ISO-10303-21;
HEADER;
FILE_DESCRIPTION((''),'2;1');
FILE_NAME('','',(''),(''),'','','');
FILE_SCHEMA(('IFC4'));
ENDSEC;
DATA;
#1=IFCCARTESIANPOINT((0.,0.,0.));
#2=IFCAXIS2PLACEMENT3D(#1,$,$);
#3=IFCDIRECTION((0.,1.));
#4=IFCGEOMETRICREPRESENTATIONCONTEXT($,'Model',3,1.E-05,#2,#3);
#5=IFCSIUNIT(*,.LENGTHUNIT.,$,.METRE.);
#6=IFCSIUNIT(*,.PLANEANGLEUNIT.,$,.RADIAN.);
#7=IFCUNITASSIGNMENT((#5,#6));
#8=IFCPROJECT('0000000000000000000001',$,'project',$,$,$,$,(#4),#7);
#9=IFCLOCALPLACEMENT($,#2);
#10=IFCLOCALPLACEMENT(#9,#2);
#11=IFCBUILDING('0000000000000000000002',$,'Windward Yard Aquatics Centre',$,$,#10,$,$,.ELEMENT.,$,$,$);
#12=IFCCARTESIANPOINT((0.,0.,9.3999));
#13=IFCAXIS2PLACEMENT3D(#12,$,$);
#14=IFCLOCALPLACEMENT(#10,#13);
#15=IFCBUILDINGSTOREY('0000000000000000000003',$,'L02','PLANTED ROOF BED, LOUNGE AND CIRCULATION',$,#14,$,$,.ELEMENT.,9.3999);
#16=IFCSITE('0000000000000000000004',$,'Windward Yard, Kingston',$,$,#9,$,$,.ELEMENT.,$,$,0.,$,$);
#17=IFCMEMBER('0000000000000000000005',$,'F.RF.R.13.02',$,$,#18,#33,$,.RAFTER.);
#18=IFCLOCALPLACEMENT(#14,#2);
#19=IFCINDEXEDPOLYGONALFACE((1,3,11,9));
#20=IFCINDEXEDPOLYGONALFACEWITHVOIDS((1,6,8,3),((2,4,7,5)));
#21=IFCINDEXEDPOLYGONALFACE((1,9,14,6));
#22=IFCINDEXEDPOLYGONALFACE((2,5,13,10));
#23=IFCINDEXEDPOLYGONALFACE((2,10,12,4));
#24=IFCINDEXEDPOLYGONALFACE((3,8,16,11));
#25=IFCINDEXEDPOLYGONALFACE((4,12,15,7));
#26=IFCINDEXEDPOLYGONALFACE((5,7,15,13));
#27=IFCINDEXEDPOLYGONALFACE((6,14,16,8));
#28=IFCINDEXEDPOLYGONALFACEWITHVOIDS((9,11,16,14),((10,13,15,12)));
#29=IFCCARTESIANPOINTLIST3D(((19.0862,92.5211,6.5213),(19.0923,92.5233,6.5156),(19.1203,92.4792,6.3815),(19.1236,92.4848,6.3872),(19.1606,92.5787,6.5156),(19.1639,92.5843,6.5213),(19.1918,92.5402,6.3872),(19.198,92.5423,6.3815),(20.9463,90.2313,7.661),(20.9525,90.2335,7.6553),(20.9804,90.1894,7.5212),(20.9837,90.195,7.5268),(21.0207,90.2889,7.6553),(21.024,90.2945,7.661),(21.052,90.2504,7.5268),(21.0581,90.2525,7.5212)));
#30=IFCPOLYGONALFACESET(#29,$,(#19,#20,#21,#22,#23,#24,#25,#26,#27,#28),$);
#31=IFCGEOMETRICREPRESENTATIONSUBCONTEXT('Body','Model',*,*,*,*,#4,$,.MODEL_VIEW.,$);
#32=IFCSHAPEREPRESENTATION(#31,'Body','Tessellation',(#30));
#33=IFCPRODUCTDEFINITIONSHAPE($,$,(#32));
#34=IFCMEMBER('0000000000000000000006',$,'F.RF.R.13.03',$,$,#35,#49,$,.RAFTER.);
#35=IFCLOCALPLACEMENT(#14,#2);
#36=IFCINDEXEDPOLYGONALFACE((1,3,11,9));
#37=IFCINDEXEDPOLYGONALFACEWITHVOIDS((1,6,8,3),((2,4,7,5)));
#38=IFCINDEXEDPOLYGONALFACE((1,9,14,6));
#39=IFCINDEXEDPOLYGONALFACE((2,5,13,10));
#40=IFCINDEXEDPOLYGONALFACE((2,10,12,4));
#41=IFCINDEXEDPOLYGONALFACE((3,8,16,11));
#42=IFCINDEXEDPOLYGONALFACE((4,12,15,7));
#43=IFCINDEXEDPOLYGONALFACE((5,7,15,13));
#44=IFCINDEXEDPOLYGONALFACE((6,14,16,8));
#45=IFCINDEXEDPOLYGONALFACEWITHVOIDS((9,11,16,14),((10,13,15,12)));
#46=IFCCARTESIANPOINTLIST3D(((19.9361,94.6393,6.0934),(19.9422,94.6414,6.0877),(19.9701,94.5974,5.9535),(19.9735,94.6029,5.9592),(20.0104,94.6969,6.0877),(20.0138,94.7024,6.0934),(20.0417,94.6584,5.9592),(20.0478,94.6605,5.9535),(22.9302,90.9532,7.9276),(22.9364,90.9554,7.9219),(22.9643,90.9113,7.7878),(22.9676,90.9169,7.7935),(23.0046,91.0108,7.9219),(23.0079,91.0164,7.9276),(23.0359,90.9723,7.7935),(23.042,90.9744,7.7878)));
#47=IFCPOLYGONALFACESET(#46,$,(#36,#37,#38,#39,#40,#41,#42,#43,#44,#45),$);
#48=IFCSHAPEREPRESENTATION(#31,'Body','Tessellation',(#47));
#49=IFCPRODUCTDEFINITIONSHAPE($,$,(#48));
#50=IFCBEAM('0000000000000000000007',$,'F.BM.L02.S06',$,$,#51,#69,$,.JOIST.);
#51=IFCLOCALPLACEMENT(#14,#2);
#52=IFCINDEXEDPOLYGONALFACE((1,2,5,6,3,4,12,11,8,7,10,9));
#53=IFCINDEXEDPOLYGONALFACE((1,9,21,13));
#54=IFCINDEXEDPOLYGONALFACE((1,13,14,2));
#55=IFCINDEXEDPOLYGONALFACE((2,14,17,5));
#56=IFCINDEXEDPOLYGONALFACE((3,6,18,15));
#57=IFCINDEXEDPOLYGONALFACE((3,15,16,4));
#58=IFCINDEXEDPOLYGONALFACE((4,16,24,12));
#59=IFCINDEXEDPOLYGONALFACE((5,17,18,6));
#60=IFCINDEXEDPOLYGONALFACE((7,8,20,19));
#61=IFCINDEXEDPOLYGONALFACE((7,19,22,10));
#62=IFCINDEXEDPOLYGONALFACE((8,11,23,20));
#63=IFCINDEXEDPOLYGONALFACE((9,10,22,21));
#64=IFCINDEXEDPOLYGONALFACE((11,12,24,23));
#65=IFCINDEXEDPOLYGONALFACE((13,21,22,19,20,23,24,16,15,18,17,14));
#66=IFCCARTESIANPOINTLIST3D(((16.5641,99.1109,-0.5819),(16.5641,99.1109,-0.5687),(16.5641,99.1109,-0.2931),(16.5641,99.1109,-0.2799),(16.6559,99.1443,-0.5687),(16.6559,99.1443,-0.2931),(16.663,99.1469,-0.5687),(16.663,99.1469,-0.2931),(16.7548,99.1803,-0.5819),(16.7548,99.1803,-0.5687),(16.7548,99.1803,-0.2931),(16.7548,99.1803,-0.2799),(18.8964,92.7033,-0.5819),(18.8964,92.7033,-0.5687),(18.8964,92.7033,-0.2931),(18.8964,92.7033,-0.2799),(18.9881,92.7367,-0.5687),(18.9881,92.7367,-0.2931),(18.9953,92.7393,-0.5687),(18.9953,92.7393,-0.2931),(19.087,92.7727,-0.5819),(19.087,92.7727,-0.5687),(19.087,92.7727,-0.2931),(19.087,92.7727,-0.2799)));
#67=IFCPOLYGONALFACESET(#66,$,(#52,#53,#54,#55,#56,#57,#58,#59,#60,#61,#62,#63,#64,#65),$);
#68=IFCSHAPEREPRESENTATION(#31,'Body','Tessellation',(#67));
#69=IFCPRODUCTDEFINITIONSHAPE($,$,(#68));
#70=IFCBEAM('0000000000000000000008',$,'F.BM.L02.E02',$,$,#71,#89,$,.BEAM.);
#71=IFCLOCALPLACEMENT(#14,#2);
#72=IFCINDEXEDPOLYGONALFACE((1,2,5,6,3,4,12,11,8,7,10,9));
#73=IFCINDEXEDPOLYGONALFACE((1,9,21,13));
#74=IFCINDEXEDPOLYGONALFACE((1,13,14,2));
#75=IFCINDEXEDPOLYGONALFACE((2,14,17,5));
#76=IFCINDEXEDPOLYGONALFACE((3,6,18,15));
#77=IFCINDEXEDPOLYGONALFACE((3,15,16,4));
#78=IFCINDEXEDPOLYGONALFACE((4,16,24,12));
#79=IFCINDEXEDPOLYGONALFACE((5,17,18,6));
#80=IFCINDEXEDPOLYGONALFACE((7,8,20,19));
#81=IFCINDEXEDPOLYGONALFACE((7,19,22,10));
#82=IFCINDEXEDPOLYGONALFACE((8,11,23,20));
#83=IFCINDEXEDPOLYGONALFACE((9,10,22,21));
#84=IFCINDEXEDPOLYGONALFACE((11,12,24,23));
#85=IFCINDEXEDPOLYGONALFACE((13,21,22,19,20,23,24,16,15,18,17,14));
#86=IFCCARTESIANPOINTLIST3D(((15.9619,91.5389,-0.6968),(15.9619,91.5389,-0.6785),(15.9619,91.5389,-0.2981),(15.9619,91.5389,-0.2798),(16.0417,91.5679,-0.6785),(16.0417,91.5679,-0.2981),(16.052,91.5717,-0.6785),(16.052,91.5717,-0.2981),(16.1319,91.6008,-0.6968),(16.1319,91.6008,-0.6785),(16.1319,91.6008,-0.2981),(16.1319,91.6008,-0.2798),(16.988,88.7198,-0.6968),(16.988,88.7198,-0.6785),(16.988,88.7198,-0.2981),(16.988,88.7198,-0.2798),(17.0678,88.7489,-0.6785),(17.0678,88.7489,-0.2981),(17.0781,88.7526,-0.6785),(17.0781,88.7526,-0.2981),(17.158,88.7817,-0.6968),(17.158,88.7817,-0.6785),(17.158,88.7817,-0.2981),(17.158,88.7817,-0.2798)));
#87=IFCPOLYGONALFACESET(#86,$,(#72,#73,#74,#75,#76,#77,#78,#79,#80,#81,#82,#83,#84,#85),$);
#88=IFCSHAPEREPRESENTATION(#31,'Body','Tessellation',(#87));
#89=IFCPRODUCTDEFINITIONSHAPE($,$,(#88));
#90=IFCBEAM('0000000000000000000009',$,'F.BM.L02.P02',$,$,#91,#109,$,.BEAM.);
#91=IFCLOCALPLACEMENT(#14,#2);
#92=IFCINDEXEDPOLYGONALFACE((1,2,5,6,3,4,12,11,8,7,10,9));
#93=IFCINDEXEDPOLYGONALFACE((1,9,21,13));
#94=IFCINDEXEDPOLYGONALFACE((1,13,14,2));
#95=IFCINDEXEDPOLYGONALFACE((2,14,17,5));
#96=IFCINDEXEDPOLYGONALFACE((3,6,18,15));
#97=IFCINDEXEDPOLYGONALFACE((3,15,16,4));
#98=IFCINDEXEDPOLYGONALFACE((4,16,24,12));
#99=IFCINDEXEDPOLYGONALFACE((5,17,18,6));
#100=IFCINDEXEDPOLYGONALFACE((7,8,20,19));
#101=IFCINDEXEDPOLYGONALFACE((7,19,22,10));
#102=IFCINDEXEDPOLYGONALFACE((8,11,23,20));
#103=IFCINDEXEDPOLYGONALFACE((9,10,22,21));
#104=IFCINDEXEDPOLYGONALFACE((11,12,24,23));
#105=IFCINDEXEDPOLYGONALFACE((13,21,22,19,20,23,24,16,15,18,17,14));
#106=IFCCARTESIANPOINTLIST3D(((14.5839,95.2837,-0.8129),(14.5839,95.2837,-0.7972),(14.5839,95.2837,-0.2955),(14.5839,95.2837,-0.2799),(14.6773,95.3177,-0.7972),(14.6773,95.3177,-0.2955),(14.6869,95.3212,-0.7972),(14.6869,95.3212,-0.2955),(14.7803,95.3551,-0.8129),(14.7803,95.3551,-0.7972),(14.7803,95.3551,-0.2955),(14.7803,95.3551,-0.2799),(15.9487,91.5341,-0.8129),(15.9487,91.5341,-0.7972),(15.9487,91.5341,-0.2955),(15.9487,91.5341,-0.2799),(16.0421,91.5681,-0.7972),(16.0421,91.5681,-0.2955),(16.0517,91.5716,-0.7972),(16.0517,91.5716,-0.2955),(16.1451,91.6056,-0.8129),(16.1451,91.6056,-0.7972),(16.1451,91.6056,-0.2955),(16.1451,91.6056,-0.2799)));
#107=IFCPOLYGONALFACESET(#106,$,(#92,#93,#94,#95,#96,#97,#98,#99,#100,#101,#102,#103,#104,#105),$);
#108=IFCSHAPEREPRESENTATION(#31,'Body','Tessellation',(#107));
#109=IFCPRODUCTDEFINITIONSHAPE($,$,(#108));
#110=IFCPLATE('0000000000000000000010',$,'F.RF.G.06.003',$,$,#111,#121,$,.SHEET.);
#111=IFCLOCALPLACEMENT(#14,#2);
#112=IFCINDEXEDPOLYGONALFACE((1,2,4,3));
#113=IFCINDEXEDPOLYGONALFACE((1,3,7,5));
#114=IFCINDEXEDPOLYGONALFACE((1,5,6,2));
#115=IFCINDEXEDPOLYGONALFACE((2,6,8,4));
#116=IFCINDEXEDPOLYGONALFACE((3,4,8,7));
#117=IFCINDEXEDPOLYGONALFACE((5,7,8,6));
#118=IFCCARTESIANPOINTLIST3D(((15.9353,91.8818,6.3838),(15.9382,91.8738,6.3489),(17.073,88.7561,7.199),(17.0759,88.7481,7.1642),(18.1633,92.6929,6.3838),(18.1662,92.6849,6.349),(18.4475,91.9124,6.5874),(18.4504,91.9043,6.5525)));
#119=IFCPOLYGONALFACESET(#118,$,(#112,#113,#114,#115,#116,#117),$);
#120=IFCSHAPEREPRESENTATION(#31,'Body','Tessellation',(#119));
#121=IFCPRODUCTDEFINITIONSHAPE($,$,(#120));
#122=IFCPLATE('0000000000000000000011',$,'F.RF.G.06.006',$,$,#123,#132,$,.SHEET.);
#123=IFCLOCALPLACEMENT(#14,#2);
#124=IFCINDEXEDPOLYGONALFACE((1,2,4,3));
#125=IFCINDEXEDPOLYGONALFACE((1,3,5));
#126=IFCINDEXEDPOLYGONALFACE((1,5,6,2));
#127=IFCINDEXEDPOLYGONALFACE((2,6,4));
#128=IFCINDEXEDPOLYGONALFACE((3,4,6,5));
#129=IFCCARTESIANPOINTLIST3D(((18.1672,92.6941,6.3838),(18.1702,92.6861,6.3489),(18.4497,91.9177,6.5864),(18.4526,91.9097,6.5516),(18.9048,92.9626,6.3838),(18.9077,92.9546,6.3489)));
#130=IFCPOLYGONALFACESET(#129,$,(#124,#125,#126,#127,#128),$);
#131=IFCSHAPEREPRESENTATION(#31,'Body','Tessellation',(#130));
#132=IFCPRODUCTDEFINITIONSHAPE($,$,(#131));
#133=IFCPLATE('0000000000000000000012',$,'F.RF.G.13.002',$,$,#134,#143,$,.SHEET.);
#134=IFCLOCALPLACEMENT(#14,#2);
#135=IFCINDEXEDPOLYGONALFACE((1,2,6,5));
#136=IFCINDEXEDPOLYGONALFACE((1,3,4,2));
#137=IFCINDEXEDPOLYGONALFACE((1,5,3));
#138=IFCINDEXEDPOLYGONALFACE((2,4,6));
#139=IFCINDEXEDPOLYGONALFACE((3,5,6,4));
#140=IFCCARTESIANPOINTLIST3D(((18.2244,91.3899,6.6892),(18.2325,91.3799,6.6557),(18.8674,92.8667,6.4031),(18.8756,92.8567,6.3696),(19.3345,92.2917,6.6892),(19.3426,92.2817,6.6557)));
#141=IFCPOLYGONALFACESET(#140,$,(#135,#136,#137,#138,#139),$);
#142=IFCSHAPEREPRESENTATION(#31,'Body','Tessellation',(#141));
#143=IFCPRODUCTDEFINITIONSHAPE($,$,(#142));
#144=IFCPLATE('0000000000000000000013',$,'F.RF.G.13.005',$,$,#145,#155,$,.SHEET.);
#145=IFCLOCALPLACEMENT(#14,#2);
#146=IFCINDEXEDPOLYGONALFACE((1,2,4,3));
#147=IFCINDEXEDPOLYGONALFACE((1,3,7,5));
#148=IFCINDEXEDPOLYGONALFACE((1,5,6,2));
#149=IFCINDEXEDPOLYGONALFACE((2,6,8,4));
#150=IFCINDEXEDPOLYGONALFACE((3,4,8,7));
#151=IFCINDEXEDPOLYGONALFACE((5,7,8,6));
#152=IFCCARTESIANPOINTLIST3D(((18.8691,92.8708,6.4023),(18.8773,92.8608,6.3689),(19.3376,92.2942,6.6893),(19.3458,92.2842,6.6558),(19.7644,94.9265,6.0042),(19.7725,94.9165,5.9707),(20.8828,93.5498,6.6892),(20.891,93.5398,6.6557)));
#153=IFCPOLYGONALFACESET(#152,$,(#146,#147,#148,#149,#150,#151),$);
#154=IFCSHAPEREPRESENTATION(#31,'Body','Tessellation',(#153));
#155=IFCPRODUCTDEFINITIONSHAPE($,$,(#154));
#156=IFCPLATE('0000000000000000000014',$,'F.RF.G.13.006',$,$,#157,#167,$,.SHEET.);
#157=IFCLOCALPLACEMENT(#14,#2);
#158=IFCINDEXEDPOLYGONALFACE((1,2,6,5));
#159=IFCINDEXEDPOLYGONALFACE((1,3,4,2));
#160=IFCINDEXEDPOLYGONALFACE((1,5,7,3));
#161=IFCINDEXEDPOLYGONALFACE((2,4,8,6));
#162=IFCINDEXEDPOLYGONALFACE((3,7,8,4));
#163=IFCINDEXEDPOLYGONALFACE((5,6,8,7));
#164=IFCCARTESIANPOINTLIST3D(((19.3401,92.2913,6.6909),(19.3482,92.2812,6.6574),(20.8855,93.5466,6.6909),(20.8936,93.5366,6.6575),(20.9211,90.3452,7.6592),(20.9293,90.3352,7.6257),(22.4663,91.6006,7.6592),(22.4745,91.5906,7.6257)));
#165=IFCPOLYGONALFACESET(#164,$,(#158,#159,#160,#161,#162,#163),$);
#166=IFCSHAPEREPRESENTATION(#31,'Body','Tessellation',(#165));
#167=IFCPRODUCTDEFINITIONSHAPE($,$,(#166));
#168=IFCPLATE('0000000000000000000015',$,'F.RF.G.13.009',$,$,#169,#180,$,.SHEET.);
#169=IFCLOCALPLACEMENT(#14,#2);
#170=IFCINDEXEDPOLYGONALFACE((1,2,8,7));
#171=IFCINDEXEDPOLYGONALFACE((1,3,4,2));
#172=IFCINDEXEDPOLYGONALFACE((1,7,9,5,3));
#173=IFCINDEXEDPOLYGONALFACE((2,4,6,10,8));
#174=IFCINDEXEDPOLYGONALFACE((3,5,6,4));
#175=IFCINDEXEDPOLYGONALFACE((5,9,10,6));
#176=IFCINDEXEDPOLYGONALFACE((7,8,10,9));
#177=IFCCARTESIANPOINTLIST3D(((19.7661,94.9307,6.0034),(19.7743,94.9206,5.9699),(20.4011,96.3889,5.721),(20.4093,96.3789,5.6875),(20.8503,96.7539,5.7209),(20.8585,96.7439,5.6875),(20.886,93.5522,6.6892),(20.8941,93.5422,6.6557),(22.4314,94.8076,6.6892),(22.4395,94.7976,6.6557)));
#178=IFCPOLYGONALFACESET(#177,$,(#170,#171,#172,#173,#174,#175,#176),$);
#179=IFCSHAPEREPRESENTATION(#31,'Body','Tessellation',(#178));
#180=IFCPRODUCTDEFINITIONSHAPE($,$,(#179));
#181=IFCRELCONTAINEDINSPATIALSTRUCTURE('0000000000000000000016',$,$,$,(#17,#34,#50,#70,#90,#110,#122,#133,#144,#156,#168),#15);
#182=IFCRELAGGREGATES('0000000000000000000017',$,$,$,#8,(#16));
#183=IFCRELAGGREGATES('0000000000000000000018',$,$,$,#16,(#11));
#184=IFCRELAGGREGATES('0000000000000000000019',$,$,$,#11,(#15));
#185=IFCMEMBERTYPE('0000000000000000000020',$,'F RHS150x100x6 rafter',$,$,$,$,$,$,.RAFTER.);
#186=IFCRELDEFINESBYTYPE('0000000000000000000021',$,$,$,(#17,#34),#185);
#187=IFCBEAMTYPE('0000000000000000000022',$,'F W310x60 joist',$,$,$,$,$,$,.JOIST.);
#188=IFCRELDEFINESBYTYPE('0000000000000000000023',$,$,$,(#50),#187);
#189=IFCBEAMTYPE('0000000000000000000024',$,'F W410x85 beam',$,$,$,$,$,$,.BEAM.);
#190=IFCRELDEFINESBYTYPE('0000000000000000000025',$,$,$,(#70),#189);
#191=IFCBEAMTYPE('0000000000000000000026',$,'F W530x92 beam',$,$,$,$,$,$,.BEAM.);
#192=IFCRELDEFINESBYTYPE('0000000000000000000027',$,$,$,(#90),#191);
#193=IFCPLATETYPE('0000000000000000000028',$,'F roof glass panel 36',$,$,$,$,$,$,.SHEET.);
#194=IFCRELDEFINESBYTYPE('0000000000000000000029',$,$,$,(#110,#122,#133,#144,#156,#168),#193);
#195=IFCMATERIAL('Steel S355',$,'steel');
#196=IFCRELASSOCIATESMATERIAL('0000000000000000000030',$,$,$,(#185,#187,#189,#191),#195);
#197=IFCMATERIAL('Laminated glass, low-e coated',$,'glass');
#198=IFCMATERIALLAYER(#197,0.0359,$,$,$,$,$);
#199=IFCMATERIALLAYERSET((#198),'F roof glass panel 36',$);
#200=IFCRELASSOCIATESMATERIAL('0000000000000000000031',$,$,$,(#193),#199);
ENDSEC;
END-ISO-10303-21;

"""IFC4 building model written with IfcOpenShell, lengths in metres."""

from ifc_helpers import new_model, si_unit, direction, frame, origin, origin_2d, place, context, subcontext, project, spatial, polyline, hollow_rectangle, i_section, outline, extrude, material, layer, layer_set, material_profile, profile_set, type_object, element, save


model = new_model("IFC4")

# Units and contexts
model_context = context("Model", 3, precision=1e-05, world=origin(), true_north=direction((0.0, 1.0)))
body_context = subcontext(model_context, "Body", "Model", "MODEL_VIEW")
ifc_project = project(units=[si_unit("LENGTHUNIT", "METRE"), si_unit("PLANEANGLEUNIT", "RADIAN")], contexts=[model_context])

# Site, building, storey
site_placement = place(None, origin())
site = spatial("IfcSite", under=ifc_project, at=site_placement, Name="Windward Yard, Kingston", CompositionType="ELEMENT", RefElevation=0.0)
building_placement = place(site_placement, origin())
building = spatial("IfcBuilding", under=site, at=building_placement, Name="Windward Yard Aquatics Centre", CompositionType="ELEMENT")
storey_placement = place(building_placement, frame((0.0, 0.0, 9.3999)))
storey = spatial("IfcBuildingStorey", under=building, at=storey_placement, Name="L02", Description="PLANTED ROOF BED, LOUNGE AND CIRCULATION", CompositionType="ELEMENT", Elevation=9.3999)

# Members
ifc_material_1 = material(Name="Steel S355", Category="steel")
ifc_material_profile_1 = material_profile(ifc_material_1, hollow_rectangle(XDim=0.1001, YDim=0.1499, WallThickness=0.0061, at=origin_2d()), Name="RHS150x100x6")
ifc_profile_set_1 = profile_set([ifc_material_profile_1], Name="Steel S355")
member_type = type_object("IfcMemberType", Name="F RHS150x100x6 rafter", PredefinedType="RAFTER", material=ifc_profile_set_1)
member_1_placement = place(storey_placement, frame((19.1421, 92.5317, 6.4514), z_axis=(0.58816, -0.724026, 0.360353), x_axis=(0.776172, 0.630521, 0.0)))
element("IfcMember", 1, at=member_1_placement, inside=storey, type_object=member_type, Name="F.RF.R.13.02", PredefinedType="RAFTER", context=body_context, shape_type="SweptSolid", body=[
    extrude(hollow_rectangle(XDim=0.1001, YDim=0.1499, WallThickness=0.0061, at=origin_2d()), origin(), (0.0, 0.0, 1.0), 3.1626),
])
member_2_placement = place(storey_placement, frame((19.9919, 94.6499, 6.0234), z_axis=(0.588149, -0.72406, 0.360303), x_axis=(0.776193, 0.630496, 0.0)))
element("IfcMember", 2, at=member_2_placement, inside=storey, type_object=member_type, Name="F.RF.R.13.03", PredefinedType="RAFTER", context=body_context, shape_type="SweptSolid", body=[
    extrude(hollow_rectangle(XDim=0.1001, YDim=0.1499, WallThickness=0.0061, at=origin_2d()), origin(), (0.0, 0.0, 1.0), 5.0908),
])

# Beams
ifc_material_profile_2 = material_profile(ifc_material_1, i_section(OverallWidth=0.2029, OverallDepth=0.302, WebThickness=0.0076, FlangeThickness=0.0132, at=origin_2d()), Name="W310x60")
ifc_profile_set_2 = profile_set([ifc_material_profile_2], Name="Steel S355")
beam_type_1 = type_object("IfcBeamType", Name="F W310x60 joist", PredefinedType="JOIST", material=ifc_profile_set_2)
beam_1_placement = place(storey_placement, frame((18.9917, 92.738, -0.4309), z_axis=(-0.342028, 0.93969, 0.0), x_axis=(-0.93969, -0.342028, 0.0)))
element("IfcBeam", 3, at=beam_1_placement, inside=storey, type_object=beam_type_1, Name="F.BM.L02.S06", PredefinedType="JOIST", context=body_context, shape_type="SweptSolid", body=[
    extrude(i_section(OverallWidth=0.2029, OverallDepth=0.302, WebThickness=0.0076, FlangeThickness=0.0132, at=origin_2d()), origin(), (0.0, 0.0, 1.0), 6.8188),
])
ifc_material_profile_3 = material_profile(ifc_material_1, i_section(OverallWidth=0.1809, OverallDepth=0.417, WebThickness=0.011, FlangeThickness=0.0183, at=origin_2d()), Name="W410x85")
ifc_profile_set_3 = profile_set([ifc_material_profile_3], Name="Steel S355")
beam_type_2 = type_object("IfcBeamType", Name="F W410x85 beam", PredefinedType="BEAM", material=ifc_profile_set_3)
beam_2_placement = place(storey_placement, frame((16.0469, 91.5698, -0.4883), z_axis=(0.342037, -0.939686, 0.0), x_axis=(0.939686, 0.342037, 0.0)))
element("IfcBeam", 4, at=beam_2_placement, inside=storey, type_object=beam_type_2, Name="F.BM.L02.E02", PredefinedType="BEAM", context=body_context, shape_type="SweptSolid", body=[
    extrude(i_section(OverallWidth=0.1809, OverallDepth=0.417, WebThickness=0.011, FlangeThickness=0.0183, at=origin_2d()), origin(), (0.0, 0.0, 1.0), 3.0),
])
ifc_material_profile_4 = material_profile(ifc_material_1, i_section(OverallWidth=0.209, OverallDepth=0.533, WebThickness=0.0103, FlangeThickness=0.0156, at=origin_2d()), Name="W530x92")
ifc_profile_set_4 = profile_set([ifc_material_profile_4], Name="Steel S355")
beam_type_3 = type_object("IfcBeamType", Name="F W530x92 beam", PredefinedType="BEAM", material=ifc_profile_set_4)
beam_3_placement = place(storey_placement, frame((16.0469, 91.5698, -0.5464), z_axis=(-0.342028, 0.93969, 0.0), x_axis=(-0.93969, -0.342028, 0.0)))
element("IfcBeam", 5, at=beam_3_placement, inside=storey, type_object=beam_type_3, Name="F.BM.L02.P02", PredefinedType="BEAM", context=body_context, shape_type="SweptSolid", body=[
    extrude(i_section(OverallWidth=0.209, OverallDepth=0.533, WebThickness=0.0103, FlangeThickness=0.0156, at=origin_2d()), origin(), (0.0, 0.0, 1.0), 3.9902),
])

# Plates
ifc_material_2 = material(Name="Laminated glass, low-e coated", Category="glass")
ifc_layer_1 = layer(ifc_material_2, 0.0359)
ifc_layer_set_1 = layer_set([ifc_layer_1], Name="F roof glass panel 36")
plate_type = type_object("IfcPlateType", Name="F roof glass panel 36", PredefinedType="SHEET", material=ifc_layer_set_1)
plate_1_placement = place(storey_placement, frame((15.9353, 91.8818, 6.3838), z_axis=(-0.081437, 0.223673, 0.971256), x_axis=(0.939678, 0.342061, 0.000015)))
element("IfcPlate", 6, at=plate_1_placement, inside=storey, type_object=plate_type, Name="F.RF.G.06.003", PredefinedType="SHEET", context=body_context, shape_type="SweptSolid", body=[
    extrude(outline(polyline([(0.0, 0.0), (2.3711, 0.0), (2.3711, -0.8552), (-0.0001, -3.4248), (0.0, 0.0)])), origin(), (0.0, 0.0, -1.0), 0.0359),
])
plate_2_placement = place(storey_placement, frame((18.1672, 92.6941, 6.3838), z_axis=(-0.081504, 0.223839, 0.971212), x_axis=(0.939648, 0.342143, 0.0)))
element("IfcPlate", 7, at=plate_2_placement, inside=storey, type_object=plate_type, Name="F.RF.G.06.006", PredefinedType="SHEET", context=body_context, shape_type="SweptSolid", body=[
    extrude(outline(polyline([(0.0, 0.0), (0.7849, 0.0), (-0.0002, -0.8506), (0.0, 0.0)])), origin(), (0.0, 0.0, -1.0), 0.0359),
])
plate_3_placement = place(storey_placement, frame((18.2244, 91.3899, 6.6892), z_axis=(-0.227206, 0.279671, 0.932825), x_axis=(0.393082, 0.902716, -0.174902)))
element("IfcPlate", 8, at=plate_3_placement, inside=storey, type_object=plate_type, Name="F.RF.G.13.002", PredefinedType="SHEET", context=body_context, shape_type="SweptSolid", body=[
    extrude(outline(polyline([(0.0, 0.0), (1.636, 0.0), (1.2505, -0.6942), (0.0, 0.0)])), origin(), (0.0, 0.0, -1.0), 0.0359),
])
plate_4_placement = place(storey_placement, frame((18.8691, 92.8708, 6.4023), z_axis=(-0.227168, 0.279603, 0.932854), x_axis=(0.39313, 0.902708, -0.174833)))
element("IfcPlate", 9, at=plate_4_placement, inside=storey, type_object=plate_type, Name="F.RF.G.13.005", PredefinedType="SHEET", context=body_context, shape_type="SweptSolid", body=[
    extrude(outline(polyline([(0.0, 0.0), (2.2772, 0.0), (1.3544, -1.6625), (-0.3865, -0.6964), (0.0, 0.0)])), origin(), (0.0, 0.0, -1.0), 0.0359),
])
plate_5_placement = place(storey_placement, frame((19.3401, 92.2913, 6.6909), z_axis=(-0.227152, 0.279611, 0.932856), x_axis=(0.776178, 0.630513, 0.000013)))
element("IfcPlate", 10, at=plate_5_placement, inside=storey, type_object=plate_type, Name="F.RF.G.13.006", PredefinedType="SHEET", context=body_context, shape_type="SweptSolid", body=[
    extrude(outline(polyline([(0.0, 0.0), (1.991, 0.0), (1.991, -2.6877), (0.0002, -2.6878), (0.0, 0.0)])), origin(), (0.0, 0.0, -1.0), 0.0359),
])
plate_6_placement = place(storey_placement, frame((19.7661, 94.9307, 6.0034), z_axis=(-0.227127, 0.279596, 0.932866), x_axis=(0.393095, 0.90272, -0.174852)))
element("IfcPlate", 11, at=plate_6_placement, inside=storey, type_object=plate_type, Name="F.RF.G.13.009", PredefinedType="SHEET", context=body_context, shape_type="SweptSolid", body=[
    extrude(outline(polyline([(0.0, 0.0), (1.6154, 0.0), (2.1215, -0.2809), (0.8167, -2.631), (-0.924, -1.6645), (0.0, 0.0)])), origin(), (0.0, 0.0, -1.0), 0.0359),
])

save(model, "model.ifc")
